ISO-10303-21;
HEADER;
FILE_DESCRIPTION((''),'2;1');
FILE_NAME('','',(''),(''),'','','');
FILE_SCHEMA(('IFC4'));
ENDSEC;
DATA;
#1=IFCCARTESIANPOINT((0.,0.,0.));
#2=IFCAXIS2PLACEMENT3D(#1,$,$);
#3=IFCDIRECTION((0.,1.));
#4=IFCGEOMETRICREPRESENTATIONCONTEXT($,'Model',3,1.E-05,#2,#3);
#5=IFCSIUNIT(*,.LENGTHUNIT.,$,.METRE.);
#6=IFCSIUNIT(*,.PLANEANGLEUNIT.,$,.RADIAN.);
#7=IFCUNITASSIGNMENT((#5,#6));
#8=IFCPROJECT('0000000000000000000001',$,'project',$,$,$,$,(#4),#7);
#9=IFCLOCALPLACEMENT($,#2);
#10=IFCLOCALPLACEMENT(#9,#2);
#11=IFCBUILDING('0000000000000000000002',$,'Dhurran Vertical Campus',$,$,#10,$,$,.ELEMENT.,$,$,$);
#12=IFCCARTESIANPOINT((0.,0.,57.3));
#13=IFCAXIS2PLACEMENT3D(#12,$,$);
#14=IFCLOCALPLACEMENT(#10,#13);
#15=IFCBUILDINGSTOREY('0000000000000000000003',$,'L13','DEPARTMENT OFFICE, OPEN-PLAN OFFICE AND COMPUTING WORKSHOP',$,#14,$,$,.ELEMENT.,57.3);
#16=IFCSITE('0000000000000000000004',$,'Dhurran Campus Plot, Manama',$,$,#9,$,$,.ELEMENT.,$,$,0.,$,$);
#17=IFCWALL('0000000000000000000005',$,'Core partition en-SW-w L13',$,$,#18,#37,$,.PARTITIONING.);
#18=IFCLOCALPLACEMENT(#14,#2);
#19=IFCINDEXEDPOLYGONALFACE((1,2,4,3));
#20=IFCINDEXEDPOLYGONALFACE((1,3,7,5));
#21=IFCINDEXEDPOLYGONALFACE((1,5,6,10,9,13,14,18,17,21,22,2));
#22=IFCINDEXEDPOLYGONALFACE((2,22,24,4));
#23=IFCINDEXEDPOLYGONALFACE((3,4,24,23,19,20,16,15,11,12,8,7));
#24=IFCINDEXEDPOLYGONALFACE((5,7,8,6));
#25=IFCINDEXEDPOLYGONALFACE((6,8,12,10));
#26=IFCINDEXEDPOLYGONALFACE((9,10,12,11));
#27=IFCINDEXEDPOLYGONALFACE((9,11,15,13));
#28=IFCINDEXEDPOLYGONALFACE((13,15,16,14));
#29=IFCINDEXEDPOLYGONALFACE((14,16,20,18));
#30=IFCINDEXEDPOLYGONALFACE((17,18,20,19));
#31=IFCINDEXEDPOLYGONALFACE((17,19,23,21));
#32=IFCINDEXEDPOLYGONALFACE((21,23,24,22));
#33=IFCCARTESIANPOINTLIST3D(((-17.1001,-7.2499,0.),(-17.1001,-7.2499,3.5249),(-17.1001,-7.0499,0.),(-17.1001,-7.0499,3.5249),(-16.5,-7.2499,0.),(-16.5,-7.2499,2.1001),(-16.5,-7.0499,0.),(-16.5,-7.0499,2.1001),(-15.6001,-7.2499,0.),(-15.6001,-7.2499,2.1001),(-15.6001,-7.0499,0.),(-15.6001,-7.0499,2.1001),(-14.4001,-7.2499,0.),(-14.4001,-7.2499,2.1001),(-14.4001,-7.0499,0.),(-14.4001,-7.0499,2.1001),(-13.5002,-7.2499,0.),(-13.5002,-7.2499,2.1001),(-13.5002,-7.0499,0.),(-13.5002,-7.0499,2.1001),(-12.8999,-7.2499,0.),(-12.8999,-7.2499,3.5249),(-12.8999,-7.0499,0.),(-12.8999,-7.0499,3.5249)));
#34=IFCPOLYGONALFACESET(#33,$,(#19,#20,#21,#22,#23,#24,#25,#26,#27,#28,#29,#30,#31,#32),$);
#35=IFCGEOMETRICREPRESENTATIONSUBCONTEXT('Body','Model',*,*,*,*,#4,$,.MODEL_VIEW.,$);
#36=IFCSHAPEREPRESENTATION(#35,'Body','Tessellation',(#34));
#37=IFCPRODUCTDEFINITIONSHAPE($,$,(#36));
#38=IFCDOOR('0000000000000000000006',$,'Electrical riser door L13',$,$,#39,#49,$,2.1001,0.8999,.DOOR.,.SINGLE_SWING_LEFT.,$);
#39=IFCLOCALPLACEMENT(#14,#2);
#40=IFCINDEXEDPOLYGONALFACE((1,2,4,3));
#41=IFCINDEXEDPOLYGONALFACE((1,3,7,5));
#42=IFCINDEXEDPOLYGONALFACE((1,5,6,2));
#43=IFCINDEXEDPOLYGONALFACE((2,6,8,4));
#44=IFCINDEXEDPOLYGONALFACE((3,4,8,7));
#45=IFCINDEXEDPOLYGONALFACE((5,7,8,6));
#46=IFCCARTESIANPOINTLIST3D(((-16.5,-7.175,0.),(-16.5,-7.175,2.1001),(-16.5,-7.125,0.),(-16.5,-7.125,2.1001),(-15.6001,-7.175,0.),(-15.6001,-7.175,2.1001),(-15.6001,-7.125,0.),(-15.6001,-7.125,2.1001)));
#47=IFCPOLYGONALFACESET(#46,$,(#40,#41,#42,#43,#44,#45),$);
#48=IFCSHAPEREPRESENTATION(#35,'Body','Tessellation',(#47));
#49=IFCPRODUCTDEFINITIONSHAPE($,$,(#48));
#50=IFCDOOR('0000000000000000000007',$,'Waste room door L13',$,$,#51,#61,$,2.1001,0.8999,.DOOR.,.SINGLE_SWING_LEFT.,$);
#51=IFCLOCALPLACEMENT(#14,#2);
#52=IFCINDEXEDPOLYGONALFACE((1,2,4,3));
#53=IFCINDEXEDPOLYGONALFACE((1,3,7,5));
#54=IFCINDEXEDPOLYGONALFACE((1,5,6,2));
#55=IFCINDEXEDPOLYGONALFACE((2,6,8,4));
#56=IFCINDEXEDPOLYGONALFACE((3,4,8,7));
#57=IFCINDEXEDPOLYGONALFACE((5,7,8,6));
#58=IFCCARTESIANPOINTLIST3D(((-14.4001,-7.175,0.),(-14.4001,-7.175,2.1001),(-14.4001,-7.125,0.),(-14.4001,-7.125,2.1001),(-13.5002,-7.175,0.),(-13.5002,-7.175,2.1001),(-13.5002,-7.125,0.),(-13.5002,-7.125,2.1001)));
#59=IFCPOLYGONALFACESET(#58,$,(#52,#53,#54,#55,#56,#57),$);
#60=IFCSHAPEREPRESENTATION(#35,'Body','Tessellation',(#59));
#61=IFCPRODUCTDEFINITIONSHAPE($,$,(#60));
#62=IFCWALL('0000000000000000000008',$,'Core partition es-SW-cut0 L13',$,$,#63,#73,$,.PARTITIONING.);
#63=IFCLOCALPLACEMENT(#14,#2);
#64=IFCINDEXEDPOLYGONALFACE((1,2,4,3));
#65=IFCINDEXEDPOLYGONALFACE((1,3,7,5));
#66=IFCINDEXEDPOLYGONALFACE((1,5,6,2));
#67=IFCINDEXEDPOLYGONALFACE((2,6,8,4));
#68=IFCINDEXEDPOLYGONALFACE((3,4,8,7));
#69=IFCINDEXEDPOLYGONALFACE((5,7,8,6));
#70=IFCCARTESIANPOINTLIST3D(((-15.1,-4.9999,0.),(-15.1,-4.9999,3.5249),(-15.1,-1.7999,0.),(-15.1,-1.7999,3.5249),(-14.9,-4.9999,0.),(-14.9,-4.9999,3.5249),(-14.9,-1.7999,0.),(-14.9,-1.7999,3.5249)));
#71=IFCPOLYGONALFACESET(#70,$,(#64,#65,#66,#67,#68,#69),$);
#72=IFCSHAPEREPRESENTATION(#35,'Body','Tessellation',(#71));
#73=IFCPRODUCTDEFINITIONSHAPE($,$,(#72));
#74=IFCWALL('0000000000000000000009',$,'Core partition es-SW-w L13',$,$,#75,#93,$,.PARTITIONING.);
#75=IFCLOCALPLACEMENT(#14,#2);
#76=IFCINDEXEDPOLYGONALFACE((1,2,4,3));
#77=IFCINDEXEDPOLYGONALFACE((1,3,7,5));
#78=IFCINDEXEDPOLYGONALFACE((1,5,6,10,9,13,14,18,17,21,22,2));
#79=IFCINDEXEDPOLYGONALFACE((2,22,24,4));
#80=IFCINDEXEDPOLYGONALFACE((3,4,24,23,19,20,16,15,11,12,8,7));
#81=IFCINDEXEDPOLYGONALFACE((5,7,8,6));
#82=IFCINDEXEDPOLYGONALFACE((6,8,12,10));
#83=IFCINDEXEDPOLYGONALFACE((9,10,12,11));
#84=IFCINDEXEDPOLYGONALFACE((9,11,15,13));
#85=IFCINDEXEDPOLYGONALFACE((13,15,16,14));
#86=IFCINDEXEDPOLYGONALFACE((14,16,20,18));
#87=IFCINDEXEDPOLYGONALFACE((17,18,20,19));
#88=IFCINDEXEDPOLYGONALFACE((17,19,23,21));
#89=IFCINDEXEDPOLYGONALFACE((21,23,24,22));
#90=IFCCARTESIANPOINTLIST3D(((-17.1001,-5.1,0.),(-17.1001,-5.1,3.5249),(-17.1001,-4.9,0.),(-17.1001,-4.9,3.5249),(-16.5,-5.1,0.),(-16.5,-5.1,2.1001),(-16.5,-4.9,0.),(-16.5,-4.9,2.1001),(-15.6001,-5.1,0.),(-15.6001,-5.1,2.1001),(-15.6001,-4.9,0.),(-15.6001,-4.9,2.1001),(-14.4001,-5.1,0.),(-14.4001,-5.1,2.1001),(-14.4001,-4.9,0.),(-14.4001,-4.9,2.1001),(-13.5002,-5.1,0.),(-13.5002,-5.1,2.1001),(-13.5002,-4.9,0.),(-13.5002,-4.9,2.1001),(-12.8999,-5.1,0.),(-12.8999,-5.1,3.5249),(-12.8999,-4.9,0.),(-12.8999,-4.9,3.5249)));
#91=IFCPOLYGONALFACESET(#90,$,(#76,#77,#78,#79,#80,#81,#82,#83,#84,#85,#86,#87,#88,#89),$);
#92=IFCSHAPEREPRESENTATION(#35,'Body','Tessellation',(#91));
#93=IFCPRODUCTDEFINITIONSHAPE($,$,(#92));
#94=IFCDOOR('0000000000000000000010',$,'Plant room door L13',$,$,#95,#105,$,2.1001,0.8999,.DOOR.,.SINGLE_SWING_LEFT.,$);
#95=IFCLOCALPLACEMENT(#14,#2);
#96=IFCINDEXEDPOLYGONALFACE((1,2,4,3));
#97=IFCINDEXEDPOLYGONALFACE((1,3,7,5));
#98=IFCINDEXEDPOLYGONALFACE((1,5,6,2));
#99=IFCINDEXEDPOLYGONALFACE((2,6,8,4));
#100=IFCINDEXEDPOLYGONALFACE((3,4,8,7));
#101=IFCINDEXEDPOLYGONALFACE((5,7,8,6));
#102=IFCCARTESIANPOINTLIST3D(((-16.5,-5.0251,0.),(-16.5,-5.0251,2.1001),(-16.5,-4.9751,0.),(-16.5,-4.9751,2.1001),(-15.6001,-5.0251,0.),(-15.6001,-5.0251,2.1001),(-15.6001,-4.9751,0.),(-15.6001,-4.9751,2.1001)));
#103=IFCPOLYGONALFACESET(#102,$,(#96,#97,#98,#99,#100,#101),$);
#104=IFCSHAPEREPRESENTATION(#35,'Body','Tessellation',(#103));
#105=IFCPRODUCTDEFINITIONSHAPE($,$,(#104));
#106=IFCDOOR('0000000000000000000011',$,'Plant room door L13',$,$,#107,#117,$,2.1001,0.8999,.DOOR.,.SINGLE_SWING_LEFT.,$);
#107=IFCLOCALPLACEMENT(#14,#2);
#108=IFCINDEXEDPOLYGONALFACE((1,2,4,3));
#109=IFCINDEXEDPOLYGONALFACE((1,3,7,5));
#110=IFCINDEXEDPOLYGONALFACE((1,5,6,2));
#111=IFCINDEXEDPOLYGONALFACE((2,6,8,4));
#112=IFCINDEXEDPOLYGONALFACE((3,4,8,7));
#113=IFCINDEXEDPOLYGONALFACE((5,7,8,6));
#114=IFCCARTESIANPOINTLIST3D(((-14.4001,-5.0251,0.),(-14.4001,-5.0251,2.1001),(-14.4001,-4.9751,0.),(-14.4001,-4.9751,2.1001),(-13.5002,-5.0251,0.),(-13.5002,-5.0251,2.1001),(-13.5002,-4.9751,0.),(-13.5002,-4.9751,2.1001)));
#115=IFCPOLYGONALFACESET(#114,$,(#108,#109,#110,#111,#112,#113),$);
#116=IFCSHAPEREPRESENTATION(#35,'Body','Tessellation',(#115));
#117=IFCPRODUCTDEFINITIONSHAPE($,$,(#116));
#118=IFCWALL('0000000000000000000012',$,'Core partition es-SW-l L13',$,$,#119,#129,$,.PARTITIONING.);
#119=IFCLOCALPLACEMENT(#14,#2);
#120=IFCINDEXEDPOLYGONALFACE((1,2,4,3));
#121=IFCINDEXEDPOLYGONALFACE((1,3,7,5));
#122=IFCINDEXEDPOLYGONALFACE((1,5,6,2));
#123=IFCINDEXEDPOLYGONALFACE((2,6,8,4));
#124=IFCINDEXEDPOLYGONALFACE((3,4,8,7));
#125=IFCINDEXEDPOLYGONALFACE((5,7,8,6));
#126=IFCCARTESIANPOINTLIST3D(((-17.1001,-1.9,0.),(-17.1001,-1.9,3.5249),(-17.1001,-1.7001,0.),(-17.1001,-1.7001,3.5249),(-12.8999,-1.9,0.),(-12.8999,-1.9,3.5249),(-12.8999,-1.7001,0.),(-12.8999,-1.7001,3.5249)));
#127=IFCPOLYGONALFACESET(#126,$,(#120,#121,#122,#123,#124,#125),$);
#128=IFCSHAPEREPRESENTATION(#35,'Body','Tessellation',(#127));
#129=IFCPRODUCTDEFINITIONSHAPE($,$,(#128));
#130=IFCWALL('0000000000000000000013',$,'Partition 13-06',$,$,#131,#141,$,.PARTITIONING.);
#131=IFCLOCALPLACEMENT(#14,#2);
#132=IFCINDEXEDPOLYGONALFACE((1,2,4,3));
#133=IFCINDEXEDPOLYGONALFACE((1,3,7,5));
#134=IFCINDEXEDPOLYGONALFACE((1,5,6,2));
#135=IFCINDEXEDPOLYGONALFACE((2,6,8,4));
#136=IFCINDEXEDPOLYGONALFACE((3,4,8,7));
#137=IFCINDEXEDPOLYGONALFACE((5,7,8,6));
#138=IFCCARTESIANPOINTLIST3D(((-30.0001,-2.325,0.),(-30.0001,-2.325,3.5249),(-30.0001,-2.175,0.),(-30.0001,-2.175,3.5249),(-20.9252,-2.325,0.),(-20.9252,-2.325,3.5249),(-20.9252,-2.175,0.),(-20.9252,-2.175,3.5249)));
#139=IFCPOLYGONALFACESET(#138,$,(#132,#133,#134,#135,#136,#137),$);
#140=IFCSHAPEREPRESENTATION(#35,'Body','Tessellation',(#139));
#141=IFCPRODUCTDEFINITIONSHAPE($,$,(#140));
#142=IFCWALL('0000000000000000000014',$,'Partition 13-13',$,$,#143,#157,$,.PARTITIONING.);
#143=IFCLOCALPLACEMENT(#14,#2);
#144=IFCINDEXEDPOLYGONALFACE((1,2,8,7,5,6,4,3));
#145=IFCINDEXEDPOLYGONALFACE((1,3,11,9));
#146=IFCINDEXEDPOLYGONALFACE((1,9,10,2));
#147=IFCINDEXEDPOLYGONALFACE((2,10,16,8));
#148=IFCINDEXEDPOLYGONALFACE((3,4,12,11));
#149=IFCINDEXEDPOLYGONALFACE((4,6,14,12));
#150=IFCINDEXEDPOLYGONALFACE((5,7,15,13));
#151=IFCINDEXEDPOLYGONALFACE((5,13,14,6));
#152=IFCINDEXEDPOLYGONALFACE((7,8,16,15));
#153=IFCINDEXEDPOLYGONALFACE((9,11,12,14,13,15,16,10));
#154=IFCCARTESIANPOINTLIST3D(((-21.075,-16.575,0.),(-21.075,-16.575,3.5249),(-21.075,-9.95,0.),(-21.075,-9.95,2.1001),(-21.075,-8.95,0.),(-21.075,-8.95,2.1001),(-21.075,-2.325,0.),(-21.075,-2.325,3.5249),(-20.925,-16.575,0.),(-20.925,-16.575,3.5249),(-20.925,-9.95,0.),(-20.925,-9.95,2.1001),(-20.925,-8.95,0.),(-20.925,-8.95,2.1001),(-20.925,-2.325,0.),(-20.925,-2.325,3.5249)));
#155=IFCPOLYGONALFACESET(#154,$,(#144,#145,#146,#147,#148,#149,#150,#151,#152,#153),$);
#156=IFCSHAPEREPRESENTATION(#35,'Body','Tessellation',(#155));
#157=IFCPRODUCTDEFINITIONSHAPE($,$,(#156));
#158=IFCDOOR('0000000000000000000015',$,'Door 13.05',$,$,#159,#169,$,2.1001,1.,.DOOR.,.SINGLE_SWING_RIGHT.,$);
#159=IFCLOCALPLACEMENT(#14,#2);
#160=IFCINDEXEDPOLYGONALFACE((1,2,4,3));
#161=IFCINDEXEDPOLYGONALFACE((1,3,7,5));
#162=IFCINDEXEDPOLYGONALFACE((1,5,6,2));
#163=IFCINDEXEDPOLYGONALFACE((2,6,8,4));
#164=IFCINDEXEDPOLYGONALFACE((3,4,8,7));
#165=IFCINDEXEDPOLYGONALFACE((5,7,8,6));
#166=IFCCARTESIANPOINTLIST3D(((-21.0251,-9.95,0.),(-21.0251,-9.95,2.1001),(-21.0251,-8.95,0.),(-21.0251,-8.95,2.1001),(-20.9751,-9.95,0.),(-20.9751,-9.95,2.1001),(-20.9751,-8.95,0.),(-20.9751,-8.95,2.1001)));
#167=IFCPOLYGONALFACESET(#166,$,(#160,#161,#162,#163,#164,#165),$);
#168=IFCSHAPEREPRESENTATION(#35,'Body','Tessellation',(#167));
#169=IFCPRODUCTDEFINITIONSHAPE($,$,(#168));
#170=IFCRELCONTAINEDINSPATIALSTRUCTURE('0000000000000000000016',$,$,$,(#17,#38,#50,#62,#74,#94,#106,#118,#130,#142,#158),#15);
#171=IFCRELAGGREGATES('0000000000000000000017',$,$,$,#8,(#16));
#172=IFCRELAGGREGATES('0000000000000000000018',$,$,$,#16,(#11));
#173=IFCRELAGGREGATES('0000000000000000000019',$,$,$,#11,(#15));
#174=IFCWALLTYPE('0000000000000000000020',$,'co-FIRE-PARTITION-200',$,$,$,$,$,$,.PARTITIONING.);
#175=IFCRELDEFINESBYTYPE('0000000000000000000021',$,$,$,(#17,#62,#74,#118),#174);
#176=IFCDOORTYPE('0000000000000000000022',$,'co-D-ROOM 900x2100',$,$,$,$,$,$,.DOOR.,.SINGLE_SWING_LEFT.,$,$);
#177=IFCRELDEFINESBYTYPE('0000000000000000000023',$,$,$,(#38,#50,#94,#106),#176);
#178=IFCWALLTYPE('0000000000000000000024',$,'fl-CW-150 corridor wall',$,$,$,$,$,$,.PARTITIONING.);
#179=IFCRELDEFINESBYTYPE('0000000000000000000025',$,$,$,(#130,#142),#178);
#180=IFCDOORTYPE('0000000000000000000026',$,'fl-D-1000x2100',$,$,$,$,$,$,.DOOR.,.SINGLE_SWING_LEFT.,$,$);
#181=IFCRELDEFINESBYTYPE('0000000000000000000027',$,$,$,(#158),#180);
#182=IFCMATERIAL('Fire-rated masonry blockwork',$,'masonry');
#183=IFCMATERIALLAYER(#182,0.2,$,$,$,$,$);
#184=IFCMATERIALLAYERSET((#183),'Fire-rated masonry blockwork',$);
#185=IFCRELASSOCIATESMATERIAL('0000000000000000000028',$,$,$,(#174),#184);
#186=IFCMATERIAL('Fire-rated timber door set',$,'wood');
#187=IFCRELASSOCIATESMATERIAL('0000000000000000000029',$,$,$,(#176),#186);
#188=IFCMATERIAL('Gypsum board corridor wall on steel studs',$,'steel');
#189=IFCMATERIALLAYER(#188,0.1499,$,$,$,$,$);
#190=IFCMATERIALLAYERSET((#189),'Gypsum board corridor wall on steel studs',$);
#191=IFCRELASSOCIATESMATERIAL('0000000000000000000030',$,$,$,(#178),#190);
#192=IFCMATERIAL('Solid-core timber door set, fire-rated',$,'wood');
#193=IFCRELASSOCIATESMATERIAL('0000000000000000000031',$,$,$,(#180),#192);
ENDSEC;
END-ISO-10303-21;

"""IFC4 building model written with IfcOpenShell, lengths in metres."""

from ifc_helpers import new_model, si_unit, direction, frame, frame_2d, origin, place, context, subcontext, project, spatial, rectangle, extrude, material, layer, layer_set, type_object, element, fill, save


model = new_model("IFC4")

# Units and contexts
model_context = context("Model", 3, precision=1e-05, world=origin(), true_north=direction((0.0, 1.0)))
body_context = subcontext(model_context, "Body", "Model", "MODEL_VIEW")
ifc_project = project(units=[si_unit("LENGTHUNIT", "METRE"), si_unit("PLANEANGLEUNIT", "RADIAN")], contexts=[model_context])

# Site, building, storey
site_placement = place(None, origin())
site = spatial("IfcSite", under=ifc_project, at=site_placement, Name="Dhurran Campus Plot, Manama", CompositionType="ELEMENT", RefElevation=0.0)
building_placement = place(site_placement, origin())
building = spatial("IfcBuilding", under=site, at=building_placement, Name="Dhurran Vertical Campus", CompositionType="ELEMENT")
storey_placement = place(building_placement, frame((0.0, 0.0, 57.3)))
storey = spatial("IfcBuildingStorey", under=building, at=storey_placement, Name="L13", Description="DEPARTMENT OFFICE, OPEN-PLAN OFFICE AND COMPUTING WORKSHOP", CompositionType="ELEMENT", Elevation=57.3)

# Shared definitions
ifc_material_1 = material(Name="Fire-rated masonry blockwork", Category="masonry")
ifc_layer_1 = layer(ifc_material_1, 0.2)
ifc_layer_set_1 = layer_set([ifc_layer_1], Name="Fire-rated masonry blockwork")
wall_type_1 = type_object("IfcWallType", Name="co-FIRE-PARTITION-200", PredefinedType="PARTITIONING", material=ifc_layer_set_1)

# Wall, openings, doors
wall_1_placement = place(storey_placement, frame((-17.1001, -7.1499, 0.0), z_axis=(0.0, 0.0, 1.0), x_axis=(1.0, 0.0, 0.0)))
wall_1 = element("IfcWall", 1, at=wall_1_placement, inside=storey, type_object=wall_type_1, Name="Core partition en-SW-w L13", PredefinedType="PARTITIONING", context=body_context, shape_type="SweptSolid", body=[
    extrude(rectangle(XDim=4.2002, YDim=0.2, at=frame_2d((2.1001, 0.0))), origin(), (0.0, 0.0, 1.0), 3.5249),
])
opening_1_placement = place(wall_1_placement, frame((0.6001, 0.0, 0.0)))
opening_1 = element("IfcOpeningElement", 2, at=opening_1_placement, cuts=wall_1, PredefinedType="OPENING", context=body_context, shape_type="SweptSolid", body=[
    extrude(rectangle(XDim=0.8999, YDim=2.1001, at=frame_2d((0.45, 1.05))), frame((0.0, 0.1099, 0.0), z_axis=(0.0, -1.0, 0.0), x_axis=(1.0, 0.0, 0.0)), (0.0, 0.0, 1.0), 0.22),
])
opening_2_placement = place(wall_1_placement, frame((2.7, 0.0, 0.0)))
opening_2 = element("IfcOpeningElement", 3, at=opening_2_placement, cuts=wall_1, PredefinedType="OPENING", context=body_context, shape_type="SweptSolid", body=[
    extrude(rectangle(XDim=0.8999, YDim=2.1001, at=frame_2d((0.45, 1.05))), frame((0.0, 0.1099, 0.0), z_axis=(0.0, -1.0, 0.0), x_axis=(1.0, 0.0, 0.0)), (0.0, 0.0, 1.0), 0.22),
])
ifc_material_2 = material(Name="Fire-rated timber door set", Category="wood")
door_type_1 = type_object("IfcDoorType", Name="co-D-ROOM 900x2100", OperationType="SINGLE_SWING_LEFT", PredefinedType="DOOR", material=ifc_material_2)
door_1_placement = place(opening_1_placement, origin())
door_1 = element("IfcDoor", 4, at=door_1_placement, inside=storey, type_object=door_type_1, Name="Electrical riser door L13", OperationType="SINGLE_SWING_LEFT", OverallHeight=2.1001, OverallWidth=0.8999, PredefinedType="DOOR", context=body_context, shape_type="SweptSolid", body=[
    extrude(rectangle(XDim=0.8999, YDim=2.1001, at=frame_2d((0.45, 1.05))), frame((0.0, 0.0249, 0.0), z_axis=(0.0, -1.0, 0.0), x_axis=(1.0, 0.0, 0.0)), (0.0, 0.0, 1.0), 0.05),
])
fill(opening_1, door_1)
door_2_placement = place(opening_2_placement, origin())
door_2 = element("IfcDoor", 5, at=door_2_placement, inside=storey, type_object=door_type_1, Name="Waste room door L13", OperationType="SINGLE_SWING_LEFT", OverallHeight=2.1001, OverallWidth=0.8999, PredefinedType="DOOR", context=body_context, shape_type="SweptSolid", body=[
    extrude(rectangle(XDim=0.8999, YDim=2.1001, at=frame_2d((0.45, 1.05))), frame((0.0, 0.0249, 0.0), z_axis=(0.0, -1.0, 0.0), x_axis=(1.0, 0.0, 0.0)), (0.0, 0.0, 1.0), 0.05),
])
fill(opening_2, door_2)

# Wall
wall_2_placement = place(storey_placement, frame((-15.0, -5.0, 0.0), z_axis=(0.0, 0.0, 1.0), x_axis=(0.0, 1.0, 0.0)))
element("IfcWall", 6, at=wall_2_placement, inside=storey, type_object=wall_type_1, Name="Core partition es-SW-cut0 L13", PredefinedType="PARTITIONING", context=body_context, shape_type="SweptSolid", body=[
    extrude(rectangle(XDim=3.2, YDim=0.2, at=frame_2d((1.6001, 0.0))), origin(), (0.0, 0.0, 1.0), 3.5249),
])

# Wall, openings, doors
wall_3_placement = place(storey_placement, frame((-17.1001, -5.0, 0.0), z_axis=(0.0, 0.0, 1.0), x_axis=(1.0, 0.0, 0.0)))
wall_3 = element("IfcWall", 7, at=wall_3_placement, inside=storey, type_object=wall_type_1, Name="Core partition es-SW-w L13", PredefinedType="PARTITIONING", context=body_context, shape_type="SweptSolid", body=[
    extrude(rectangle(XDim=4.2002, YDim=0.2, at=frame_2d((2.1001, 0.0))), origin(), (0.0, 0.0, 1.0), 3.5249),
])
opening_3_placement = place(wall_3_placement, frame((0.6001, 0.0, 0.0)))
opening_3 = element("IfcOpeningElement", 8, at=opening_3_placement, cuts=wall_3, PredefinedType="OPENING", context=body_context, shape_type="SweptSolid", body=[
    extrude(rectangle(XDim=0.8999, YDim=2.1001, at=frame_2d((0.45, 1.05))), frame((0.0, 0.1099, 0.0), z_axis=(0.0, -1.0, 0.0), x_axis=(1.0, 0.0, 0.0)), (0.0, 0.0, 1.0), 0.22),
])
opening_4_placement = place(wall_3_placement, frame((2.7, 0.0, 0.0)))
opening_4 = element("IfcOpeningElement", 9, at=opening_4_placement, cuts=wall_3, PredefinedType="OPENING", context=body_context, shape_type="SweptSolid", body=[
    extrude(rectangle(XDim=0.8999, YDim=2.1001, at=frame_2d((0.45, 1.05))), frame((0.0, 0.1099, 0.0), z_axis=(0.0, -1.0, 0.0), x_axis=(1.0, 0.0, 0.0)), (0.0, 0.0, 1.0), 0.22),
])
door_3_placement = place(opening_3_placement, origin())
door_3 = element("IfcDoor", 10, at=door_3_placement, inside=storey, type_object=door_type_1, Name="Plant room door L13", OperationType="SINGLE_SWING_LEFT", OverallHeight=2.1001, OverallWidth=0.8999, PredefinedType="DOOR", context=body_context, shape_type="SweptSolid", body=[
    extrude(rectangle(XDim=0.8999, YDim=2.1001, at=frame_2d((0.45, 1.05))), frame((0.0, 0.0249, 0.0), z_axis=(0.0, -1.0, 0.0), x_axis=(1.0, 0.0, 0.0)), (0.0, 0.0, 1.0), 0.05),
])
fill(opening_3, door_3)
door_4_placement = place(opening_4_placement, origin())
door_4 = element("IfcDoor", 11, at=door_4_placement, inside=storey, type_object=door_type_1, Name="Plant room door L13", OperationType="SINGLE_SWING_LEFT", OverallHeight=2.1001, OverallWidth=0.8999, PredefinedType="DOOR", context=body_context, shape_type="SweptSolid", body=[
    extrude(rectangle(XDim=0.8999, YDim=2.1001, at=frame_2d((0.45, 1.05))), frame((0.0, 0.0249, 0.0), z_axis=(0.0, -1.0, 0.0), x_axis=(1.0, 0.0, 0.0)), (0.0, 0.0, 1.0), 0.05),
])
fill(opening_4, door_4)

# Walls
wall_4_placement = place(storey_placement, frame((-17.1001, -1.8, 0.0), z_axis=(0.0, 0.0, 1.0), x_axis=(1.0, 0.0, 0.0)))
element("IfcWall", 12, at=wall_4_placement, inside=storey, type_object=wall_type_1, Name="Core partition es-SW-l L13", PredefinedType="PARTITIONING", context=body_context, shape_type="SweptSolid", body=[
    extrude(rectangle(XDim=4.2002, YDim=0.2, at=frame_2d((2.1001, 0.0))), origin(), (0.0, 0.0, 1.0), 3.5249),
])
ifc_material_3 = material(Name="Gypsum board corridor wall on steel studs", Category="steel")
ifc_layer_2 = layer(ifc_material_3, 0.1499)
ifc_layer_set_2 = layer_set([ifc_layer_2], Name="Gypsum board corridor wall on steel studs")
wall_type_2 = type_object("IfcWallType", Name="fl-CW-150 corridor wall", PredefinedType="PARTITIONING", material=ifc_layer_set_2)
wall_5_placement = place(storey_placement, frame((-20.925, -2.25, 0.0), z_axis=(0.0, 0.0, 1.0), x_axis=(-1.0, 0.0, 0.0)))
element("IfcWall", 13, at=wall_5_placement, inside=storey, type_object=wall_type_2, Name="Partition 13-06", PredefinedType="PARTITIONING", context=body_context, shape_type="SweptSolid", body=[
    extrude(rectangle(XDim=9.075, YDim=0.1499, at=frame_2d((4.5376, 0.0))), origin(), (0.0, 0.0, 1.0), 3.5249),
])

# Wall, opening, door
wall_6_placement = place(storey_placement, frame((-21.0, -2.325, 0.0), z_axis=(0.0, 0.0, 1.0), x_axis=(0.0, -1.0, 0.0)))
wall_6 = element("IfcWall", 14, at=wall_6_placement, inside=storey, type_object=wall_type_2, Name="Partition 13-13", PredefinedType="PARTITIONING", context=body_context, shape_type="SweptSolid", body=[
    extrude(rectangle(XDim=14.25, YDim=0.1499, at=frame_2d((7.125, 0.0))), origin(), (0.0, 0.0, 1.0), 3.5249),
])
opening_5_placement = place(wall_6_placement, frame((6.625, 0.0, 0.0)))
opening_5 = element("IfcOpeningElement", 15, at=opening_5_placement, cuts=wall_6, PredefinedType="OPENING", context=body_context, shape_type="SweptSolid", body=[
    extrude(rectangle(XDim=1.0, YDim=2.1001, at=frame_2d((0.5, 1.05))), frame((0.0, 0.085, 0.0), z_axis=(0.0, -1.0, 0.0), x_axis=(1.0, 0.0, 0.0)), (0.0, 0.0, 1.0), 0.1699),
])
ifc_material_4 = material(Name="Solid-core timber door set, fire-rated", Category="wood")
door_type_2 = type_object("IfcDoorType", Name="fl-D-1000x2100", OperationType="SINGLE_SWING_LEFT", PredefinedType="DOOR", material=ifc_material_4)
door_5_placement = place(opening_5_placement, origin())
door_5 = element("IfcDoor", 16, at=door_5_placement, inside=storey, type_object=door_type_2, Name="Door 13.05", OperationType="SINGLE_SWING_RIGHT", OverallHeight=2.1001, OverallWidth=1.0, PredefinedType="DOOR", context=body_context, shape_type="SweptSolid", body=[
    extrude(rectangle(XDim=1.0, YDim=2.1001, at=frame_2d((0.5, 1.05))), frame((0.0, 0.0249, 0.0), z_axis=(0.0, -1.0, 0.0), x_axis=(1.0, 0.0, 0.0)), (0.0, 0.0, 1.0), 0.05),
])
fill(opening_5, door_5)

save(model, "model.ifc")
